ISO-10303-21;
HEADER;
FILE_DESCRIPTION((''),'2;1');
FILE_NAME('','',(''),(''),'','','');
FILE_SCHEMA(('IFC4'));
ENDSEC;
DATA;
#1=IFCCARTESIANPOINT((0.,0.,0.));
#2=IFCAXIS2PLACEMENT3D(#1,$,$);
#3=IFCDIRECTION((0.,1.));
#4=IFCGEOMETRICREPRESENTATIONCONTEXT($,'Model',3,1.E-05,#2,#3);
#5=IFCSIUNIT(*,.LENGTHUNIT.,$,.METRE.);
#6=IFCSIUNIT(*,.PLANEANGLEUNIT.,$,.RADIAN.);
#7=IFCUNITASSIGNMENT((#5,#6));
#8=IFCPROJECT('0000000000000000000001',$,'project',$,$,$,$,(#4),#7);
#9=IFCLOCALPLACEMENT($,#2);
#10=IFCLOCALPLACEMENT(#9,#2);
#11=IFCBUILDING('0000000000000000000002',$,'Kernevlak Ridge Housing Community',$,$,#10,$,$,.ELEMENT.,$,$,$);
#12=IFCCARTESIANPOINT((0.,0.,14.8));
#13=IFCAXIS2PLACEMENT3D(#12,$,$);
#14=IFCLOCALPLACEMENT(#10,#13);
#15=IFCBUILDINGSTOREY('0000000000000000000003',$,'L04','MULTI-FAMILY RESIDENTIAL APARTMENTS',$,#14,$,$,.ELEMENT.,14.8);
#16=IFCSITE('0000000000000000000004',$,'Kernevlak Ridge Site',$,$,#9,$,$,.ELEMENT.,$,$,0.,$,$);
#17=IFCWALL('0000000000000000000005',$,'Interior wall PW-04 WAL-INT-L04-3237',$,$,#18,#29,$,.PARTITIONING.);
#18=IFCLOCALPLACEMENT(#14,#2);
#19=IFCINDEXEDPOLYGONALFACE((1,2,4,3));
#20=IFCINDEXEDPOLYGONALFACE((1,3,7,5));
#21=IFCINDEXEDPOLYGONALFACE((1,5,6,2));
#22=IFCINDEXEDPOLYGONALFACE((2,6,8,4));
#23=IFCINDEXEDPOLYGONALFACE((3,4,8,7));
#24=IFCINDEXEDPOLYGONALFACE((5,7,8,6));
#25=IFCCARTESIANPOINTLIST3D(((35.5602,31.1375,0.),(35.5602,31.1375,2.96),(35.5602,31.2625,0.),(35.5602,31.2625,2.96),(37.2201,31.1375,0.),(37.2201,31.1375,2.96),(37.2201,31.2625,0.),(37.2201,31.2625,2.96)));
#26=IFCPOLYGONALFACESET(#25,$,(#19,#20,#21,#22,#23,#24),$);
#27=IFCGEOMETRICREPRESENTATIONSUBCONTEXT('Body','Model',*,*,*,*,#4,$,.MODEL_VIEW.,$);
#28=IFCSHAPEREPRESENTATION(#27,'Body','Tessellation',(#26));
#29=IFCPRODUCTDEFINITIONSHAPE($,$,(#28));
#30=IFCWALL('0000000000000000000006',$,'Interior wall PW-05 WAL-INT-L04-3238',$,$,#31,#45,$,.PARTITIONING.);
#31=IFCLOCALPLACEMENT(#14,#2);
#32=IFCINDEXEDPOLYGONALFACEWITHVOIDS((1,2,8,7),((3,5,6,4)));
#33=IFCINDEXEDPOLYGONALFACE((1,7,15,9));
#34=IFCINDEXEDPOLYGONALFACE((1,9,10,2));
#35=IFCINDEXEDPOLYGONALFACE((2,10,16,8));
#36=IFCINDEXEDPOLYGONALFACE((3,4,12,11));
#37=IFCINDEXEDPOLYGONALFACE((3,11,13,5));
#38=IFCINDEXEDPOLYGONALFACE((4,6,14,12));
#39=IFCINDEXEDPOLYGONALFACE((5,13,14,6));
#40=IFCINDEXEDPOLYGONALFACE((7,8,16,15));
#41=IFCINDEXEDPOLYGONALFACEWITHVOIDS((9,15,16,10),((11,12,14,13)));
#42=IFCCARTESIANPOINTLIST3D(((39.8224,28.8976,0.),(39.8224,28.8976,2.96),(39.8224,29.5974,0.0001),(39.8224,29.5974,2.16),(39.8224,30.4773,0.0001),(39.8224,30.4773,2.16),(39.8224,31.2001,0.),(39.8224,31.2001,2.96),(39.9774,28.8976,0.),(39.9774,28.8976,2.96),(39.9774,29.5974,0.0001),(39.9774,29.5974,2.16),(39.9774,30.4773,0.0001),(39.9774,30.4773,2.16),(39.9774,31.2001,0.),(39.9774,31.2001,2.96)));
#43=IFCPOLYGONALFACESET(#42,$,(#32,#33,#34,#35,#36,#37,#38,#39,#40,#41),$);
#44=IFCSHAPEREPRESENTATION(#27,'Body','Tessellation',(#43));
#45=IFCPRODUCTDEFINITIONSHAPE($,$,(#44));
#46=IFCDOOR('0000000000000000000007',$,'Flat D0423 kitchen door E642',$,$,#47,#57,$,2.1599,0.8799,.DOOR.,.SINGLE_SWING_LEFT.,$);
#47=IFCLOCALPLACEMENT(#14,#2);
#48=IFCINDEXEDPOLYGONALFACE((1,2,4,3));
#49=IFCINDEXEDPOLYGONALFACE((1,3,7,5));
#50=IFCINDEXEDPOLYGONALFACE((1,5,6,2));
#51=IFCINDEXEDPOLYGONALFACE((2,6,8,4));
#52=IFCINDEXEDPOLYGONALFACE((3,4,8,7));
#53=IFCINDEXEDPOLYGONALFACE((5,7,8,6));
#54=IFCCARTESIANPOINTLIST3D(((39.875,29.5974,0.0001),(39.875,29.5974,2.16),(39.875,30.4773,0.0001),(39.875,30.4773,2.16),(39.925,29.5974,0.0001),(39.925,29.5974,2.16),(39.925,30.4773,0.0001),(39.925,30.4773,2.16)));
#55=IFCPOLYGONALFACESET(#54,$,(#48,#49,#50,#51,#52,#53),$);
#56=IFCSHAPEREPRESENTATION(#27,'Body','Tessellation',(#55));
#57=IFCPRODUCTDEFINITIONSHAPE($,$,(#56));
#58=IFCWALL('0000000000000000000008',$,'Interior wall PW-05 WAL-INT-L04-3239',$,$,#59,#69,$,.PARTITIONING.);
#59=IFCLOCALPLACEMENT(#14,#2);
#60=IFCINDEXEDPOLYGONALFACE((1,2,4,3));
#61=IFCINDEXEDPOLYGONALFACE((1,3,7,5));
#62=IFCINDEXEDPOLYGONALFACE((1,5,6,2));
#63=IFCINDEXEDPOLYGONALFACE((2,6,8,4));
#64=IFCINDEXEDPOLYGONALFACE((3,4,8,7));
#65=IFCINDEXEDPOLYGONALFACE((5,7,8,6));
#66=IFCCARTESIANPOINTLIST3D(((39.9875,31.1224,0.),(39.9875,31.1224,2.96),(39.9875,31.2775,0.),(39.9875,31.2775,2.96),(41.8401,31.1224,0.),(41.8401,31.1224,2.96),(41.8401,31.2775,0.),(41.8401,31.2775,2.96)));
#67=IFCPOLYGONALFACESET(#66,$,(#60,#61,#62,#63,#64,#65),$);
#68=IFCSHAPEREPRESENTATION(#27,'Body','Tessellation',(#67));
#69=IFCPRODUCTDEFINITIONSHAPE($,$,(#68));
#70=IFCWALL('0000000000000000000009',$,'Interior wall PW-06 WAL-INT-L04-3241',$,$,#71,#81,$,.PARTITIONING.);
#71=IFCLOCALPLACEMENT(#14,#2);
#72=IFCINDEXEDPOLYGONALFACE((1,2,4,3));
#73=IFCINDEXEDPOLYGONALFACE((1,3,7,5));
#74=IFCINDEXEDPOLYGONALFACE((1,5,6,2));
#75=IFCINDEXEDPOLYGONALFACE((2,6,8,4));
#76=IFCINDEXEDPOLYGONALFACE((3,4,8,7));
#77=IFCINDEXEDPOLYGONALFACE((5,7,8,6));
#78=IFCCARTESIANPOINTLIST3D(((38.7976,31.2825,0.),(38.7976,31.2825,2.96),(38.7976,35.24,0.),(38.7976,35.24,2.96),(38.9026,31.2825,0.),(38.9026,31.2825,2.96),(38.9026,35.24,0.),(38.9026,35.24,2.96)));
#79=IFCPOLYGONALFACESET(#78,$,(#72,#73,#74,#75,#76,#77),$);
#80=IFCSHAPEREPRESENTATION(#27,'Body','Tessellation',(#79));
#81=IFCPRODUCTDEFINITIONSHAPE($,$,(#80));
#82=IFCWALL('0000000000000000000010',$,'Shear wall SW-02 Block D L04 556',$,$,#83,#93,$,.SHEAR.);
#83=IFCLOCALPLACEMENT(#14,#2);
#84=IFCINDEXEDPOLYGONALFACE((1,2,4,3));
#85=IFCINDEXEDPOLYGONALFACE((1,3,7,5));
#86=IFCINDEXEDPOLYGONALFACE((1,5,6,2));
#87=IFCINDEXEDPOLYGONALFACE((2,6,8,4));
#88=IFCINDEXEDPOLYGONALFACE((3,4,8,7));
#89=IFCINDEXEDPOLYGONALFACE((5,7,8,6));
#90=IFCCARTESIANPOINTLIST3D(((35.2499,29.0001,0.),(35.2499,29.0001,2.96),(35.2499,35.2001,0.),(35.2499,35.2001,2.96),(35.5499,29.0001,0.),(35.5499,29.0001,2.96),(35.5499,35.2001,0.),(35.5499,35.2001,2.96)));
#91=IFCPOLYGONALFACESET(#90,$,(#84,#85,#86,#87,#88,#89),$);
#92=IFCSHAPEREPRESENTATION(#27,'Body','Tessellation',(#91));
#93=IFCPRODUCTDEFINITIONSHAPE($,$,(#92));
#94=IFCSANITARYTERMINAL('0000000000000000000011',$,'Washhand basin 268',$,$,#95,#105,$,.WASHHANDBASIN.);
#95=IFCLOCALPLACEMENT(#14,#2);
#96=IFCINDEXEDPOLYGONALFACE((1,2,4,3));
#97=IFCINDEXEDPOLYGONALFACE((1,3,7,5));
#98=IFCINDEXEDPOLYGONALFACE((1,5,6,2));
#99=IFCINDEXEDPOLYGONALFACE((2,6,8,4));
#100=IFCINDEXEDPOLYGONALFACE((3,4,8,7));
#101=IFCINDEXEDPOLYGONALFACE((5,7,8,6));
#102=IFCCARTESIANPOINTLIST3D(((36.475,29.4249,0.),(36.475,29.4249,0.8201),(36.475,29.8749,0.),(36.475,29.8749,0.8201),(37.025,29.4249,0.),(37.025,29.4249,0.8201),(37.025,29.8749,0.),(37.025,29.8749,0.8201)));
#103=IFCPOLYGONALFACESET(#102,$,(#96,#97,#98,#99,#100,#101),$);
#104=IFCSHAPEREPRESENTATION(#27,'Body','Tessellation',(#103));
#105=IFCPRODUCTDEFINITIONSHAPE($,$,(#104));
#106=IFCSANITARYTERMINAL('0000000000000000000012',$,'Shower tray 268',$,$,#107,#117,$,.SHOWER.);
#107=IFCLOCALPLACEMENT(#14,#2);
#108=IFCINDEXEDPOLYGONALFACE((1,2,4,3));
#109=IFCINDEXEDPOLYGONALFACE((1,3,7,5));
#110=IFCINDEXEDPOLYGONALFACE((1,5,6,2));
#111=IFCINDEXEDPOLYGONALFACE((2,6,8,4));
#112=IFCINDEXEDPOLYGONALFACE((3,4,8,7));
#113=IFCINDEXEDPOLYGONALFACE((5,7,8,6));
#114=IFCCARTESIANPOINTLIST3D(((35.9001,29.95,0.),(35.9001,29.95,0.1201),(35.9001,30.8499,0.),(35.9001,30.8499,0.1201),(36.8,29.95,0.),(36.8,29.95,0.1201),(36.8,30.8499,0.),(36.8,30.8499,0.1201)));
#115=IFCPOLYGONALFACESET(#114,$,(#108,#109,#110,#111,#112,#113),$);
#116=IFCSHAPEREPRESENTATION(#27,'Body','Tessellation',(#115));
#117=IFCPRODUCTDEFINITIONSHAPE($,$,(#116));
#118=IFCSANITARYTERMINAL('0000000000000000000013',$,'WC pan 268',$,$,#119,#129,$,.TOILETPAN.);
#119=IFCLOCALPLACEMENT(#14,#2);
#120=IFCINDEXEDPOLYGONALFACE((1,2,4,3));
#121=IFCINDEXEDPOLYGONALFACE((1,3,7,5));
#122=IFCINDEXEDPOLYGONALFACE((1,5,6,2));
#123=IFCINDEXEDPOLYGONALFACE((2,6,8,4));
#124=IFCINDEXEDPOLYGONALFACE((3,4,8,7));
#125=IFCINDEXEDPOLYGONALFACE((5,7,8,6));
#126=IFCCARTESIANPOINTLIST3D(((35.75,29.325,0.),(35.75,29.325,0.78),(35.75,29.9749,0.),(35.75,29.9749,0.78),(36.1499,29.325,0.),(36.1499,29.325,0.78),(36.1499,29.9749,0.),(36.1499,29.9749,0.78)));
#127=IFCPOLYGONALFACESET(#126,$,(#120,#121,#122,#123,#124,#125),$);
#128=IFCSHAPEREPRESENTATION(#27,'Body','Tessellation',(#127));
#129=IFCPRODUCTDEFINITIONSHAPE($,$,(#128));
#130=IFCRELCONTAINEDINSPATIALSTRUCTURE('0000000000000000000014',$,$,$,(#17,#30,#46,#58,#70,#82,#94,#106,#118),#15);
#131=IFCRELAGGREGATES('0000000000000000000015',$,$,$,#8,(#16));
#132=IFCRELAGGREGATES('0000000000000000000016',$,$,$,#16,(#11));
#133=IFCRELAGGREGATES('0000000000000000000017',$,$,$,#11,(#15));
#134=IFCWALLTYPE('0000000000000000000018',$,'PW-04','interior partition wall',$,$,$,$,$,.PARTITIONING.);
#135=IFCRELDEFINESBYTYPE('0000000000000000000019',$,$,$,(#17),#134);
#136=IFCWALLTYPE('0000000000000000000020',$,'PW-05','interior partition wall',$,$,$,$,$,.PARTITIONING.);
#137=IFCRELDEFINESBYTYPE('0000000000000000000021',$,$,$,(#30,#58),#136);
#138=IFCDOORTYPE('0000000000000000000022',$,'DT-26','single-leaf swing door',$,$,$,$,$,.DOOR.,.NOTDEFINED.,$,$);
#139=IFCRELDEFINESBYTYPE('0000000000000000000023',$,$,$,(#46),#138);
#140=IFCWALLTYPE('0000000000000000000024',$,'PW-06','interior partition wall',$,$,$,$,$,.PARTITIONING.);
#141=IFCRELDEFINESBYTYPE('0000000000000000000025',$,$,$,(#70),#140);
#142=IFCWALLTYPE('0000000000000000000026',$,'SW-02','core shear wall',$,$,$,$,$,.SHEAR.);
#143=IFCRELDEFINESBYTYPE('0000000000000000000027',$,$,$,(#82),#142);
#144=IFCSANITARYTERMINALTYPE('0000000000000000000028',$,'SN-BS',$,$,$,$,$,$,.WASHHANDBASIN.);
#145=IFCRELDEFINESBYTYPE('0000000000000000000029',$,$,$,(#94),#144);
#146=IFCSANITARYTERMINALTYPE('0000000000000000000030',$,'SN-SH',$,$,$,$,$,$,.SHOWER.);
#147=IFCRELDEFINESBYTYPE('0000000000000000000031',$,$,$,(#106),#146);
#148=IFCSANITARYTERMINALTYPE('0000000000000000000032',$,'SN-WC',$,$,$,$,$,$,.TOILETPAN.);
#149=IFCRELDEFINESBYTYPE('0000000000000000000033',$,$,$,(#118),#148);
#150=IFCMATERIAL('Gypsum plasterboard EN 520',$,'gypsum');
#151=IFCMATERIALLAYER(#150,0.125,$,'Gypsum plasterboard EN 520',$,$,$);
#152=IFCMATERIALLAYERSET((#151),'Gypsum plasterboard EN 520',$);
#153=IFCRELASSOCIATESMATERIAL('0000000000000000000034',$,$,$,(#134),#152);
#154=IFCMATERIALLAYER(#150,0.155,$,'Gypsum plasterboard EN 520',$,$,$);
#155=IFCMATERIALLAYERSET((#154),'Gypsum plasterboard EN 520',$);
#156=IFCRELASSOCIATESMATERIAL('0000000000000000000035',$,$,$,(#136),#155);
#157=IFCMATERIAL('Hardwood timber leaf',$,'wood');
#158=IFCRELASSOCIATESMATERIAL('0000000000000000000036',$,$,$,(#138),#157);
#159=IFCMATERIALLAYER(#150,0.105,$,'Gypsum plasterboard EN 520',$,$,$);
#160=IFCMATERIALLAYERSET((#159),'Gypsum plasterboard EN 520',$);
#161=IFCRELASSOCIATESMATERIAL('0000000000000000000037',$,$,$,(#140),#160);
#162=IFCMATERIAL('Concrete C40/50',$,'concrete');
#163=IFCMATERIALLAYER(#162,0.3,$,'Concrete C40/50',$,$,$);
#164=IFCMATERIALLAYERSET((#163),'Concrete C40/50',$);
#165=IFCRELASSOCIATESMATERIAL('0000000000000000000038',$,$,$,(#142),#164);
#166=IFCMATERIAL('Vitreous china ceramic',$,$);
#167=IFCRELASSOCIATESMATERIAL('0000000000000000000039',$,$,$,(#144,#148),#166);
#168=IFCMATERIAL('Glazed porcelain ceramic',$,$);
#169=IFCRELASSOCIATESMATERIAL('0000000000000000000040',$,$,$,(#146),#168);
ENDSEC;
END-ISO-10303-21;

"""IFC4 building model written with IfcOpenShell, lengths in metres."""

from ifc_helpers import new_model, si_unit, direction, frame, frame_2d, origin, origin_2d, place, context, subcontext, project, spatial, rectangle, extrude, material, layer, layer_set, type_object, element, fill, save


model = new_model("IFC4")

# Units and contexts
model_context = context("Model", 3, precision=1e-05, world=origin(), true_north=direction((0.0, 1.0)))
body_context = subcontext(model_context, "Body", "Model", "MODEL_VIEW")
ifc_project = project(units=[si_unit("LENGTHUNIT", "METRE"), si_unit("PLANEANGLEUNIT", "RADIAN")], contexts=[model_context])

# Site, building, storey
site_placement = place(None, origin())
site = spatial("IfcSite", under=ifc_project, at=site_placement, Name="Kernevlak Ridge Site", CompositionType="ELEMENT", RefElevation=0.0)
building_placement = place(site_placement, origin())
building = spatial("IfcBuilding", under=site, at=building_placement, Name="Kernevlak Ridge Housing Community", CompositionType="ELEMENT")
storey_placement = place(building_placement, frame((0.0, 0.0, 14.8)))
storey = spatial("IfcBuildingStorey", under=building, at=storey_placement, Name="L04", Description="MULTI-FAMILY RESIDENTIAL APARTMENTS", CompositionType="ELEMENT", Elevation=14.8)

# Shared definitions
ifc_material_1 = material(Name="Hardwood timber leaf", Category="wood")
ifc_material_2 = material(Name="Gypsum plasterboard EN 520", Category="gypsum")
ifc_layer_1 = layer(ifc_material_2, 0.125, Name="Gypsum plasterboard EN 520")
ifc_layer_set_1 = layer_set([ifc_layer_1], Name="Gypsum plasterboard EN 520")
wall_type_1 = type_object("IfcWallType", Name="PW-04", Description="interior partition wall", PredefinedType="PARTITIONING", material=ifc_layer_set_1)

# Wall
wall_1_placement = place(storey_placement, frame((35.5601, 31.2, 0.0), z_axis=(0.0, 0.0, 1.0), x_axis=(1.0, 0.0, 0.0)))
element("IfcWall", 1, at=wall_1_placement, inside=storey, type_object=wall_type_1, Name="Interior wall PW-04 WAL-INT-L04-3237", PredefinedType="PARTITIONING", context=body_context, shape_type="SweptSolid", body=[
    extrude(rectangle(XDim=1.6599, YDim=0.125, at=frame_2d((0.8301, 0.0))), origin(), (0.0, 0.0, 1.0), 2.96),
])

# Wall, opening, door
ifc_layer_2 = layer(ifc_material_2, 0.155, Name="Gypsum plasterboard EN 520")
ifc_layer_set_2 = layer_set([ifc_layer_2], Name="Gypsum plasterboard EN 520")
wall_type_2 = type_object("IfcWallType", Name="PW-05", Description="interior partition wall", PredefinedType="PARTITIONING", material=ifc_layer_set_2)
wall_2_placement = place(storey_placement, frame((39.8999, 28.8975, 0.0), z_axis=(0.0, 0.0, 1.0), x_axis=(0.0, 1.0, 0.0)))
wall_2 = element("IfcWall", 2, at=wall_2_placement, inside=storey, type_object=wall_type_2, Name="Interior wall PW-05 WAL-INT-L04-3238", PredefinedType="PARTITIONING", context=body_context, shape_type="SweptSolid", body=[
    extrude(rectangle(XDim=2.3025, YDim=0.155, at=frame_2d((1.1514, 0.0))), origin(), (0.0, 0.0, 1.0), 2.96),
])
opening_1_placement = place(wall_2_placement, frame((0.7, 0.0, 0.0)))
opening_1 = element("IfcOpeningElement", 3, at=opening_1_placement, cuts=wall_2, PredefinedType="OPENING", context=body_context, shape_type="SweptSolid", body=[
    extrude(rectangle(XDim=0.8799, YDim=2.1599, at=frame_2d((0.4399, 1.0801))), frame((0.0, 0.0874, 0.0), z_axis=(0.0, -1.0, 0.0), x_axis=(1.0, 0.0, 0.0)), (0.0, 0.0, 1.0), 0.175),
])
door_type_1 = type_object("IfcDoorType", Name="DT-26", Description="single-leaf swing door", OperationType="NOTDEFINED", PredefinedType="DOOR", material=ifc_material_1)
door_1_placement = place(opening_1_placement, origin())
door_1 = element("IfcDoor", 4, at=door_1_placement, inside=storey, type_object=door_type_1, Name="Flat D0423 kitchen door E642", OperationType="SINGLE_SWING_LEFT", OverallHeight=2.1599, OverallWidth=0.8799, PredefinedType="DOOR", context=body_context, shape_type="SweptSolid", body=[
    extrude(rectangle(XDim=0.8799, YDim=2.1599, at=frame_2d((0.4399, 1.0801))), frame((0.0, 0.0249, 0.0), z_axis=(0.0, -1.0, 0.0), x_axis=(1.0, 0.0, 0.0)), (0.0, 0.0, 1.0), 0.05),
])
fill(opening_1, door_1)

# Walls
wall_3_placement = place(storey_placement, frame((39.9875, 31.2, 0.0), z_axis=(0.0, 0.0, 1.0), x_axis=(1.0, 0.0, 0.0)))
element("IfcWall", 5, at=wall_3_placement, inside=storey, type_object=wall_type_2, Name="Interior wall PW-05 WAL-INT-L04-3239", PredefinedType="PARTITIONING", context=body_context, shape_type="SweptSolid", body=[
    extrude(rectangle(XDim=1.8525, YDim=0.155, at=frame_2d((0.9263, 0.0))), origin(), (0.0, 0.0, 1.0), 2.96),
])
ifc_layer_3 = layer(ifc_material_2, 0.105, Name="Gypsum plasterboard EN 520")
ifc_layer_set_3 = layer_set([ifc_layer_3], Name="Gypsum plasterboard EN 520")
wall_type_3 = type_object("IfcWallType", Name="PW-06", Description="interior partition wall", PredefinedType="PARTITIONING", material=ifc_layer_set_3)
wall_4_placement = place(storey_placement, frame((38.8501, 31.2825, 0.0), z_axis=(0.0, 0.0, 1.0), x_axis=(0.0, 1.0, 0.0)))
element("IfcWall", 6, at=wall_4_placement, inside=storey, type_object=wall_type_3, Name="Interior wall PW-06 WAL-INT-L04-3241", PredefinedType="PARTITIONING", context=body_context, shape_type="SweptSolid", body=[
    extrude(rectangle(XDim=3.9575, YDim=0.105, at=frame_2d((1.9788, 0.0))), origin(), (0.0, 0.0, 1.0), 2.96),
])
ifc_material_3 = material(Name="Concrete C40/50", Category="concrete")
ifc_layer_4 = layer(ifc_material_3, 0.3, Name="Concrete C40/50")
ifc_layer_set_4 = layer_set([ifc_layer_4], Name="Concrete C40/50")
wall_type_4 = type_object("IfcWallType", Name="SW-02", Description="core shear wall", PredefinedType="SHEAR", material=ifc_layer_set_4)
wall_5_placement = place(storey_placement, frame((35.3999, 29.0, 0.0), z_axis=(0.0, 0.0, 1.0), x_axis=(0.0, 1.0, 0.0)))
element("IfcWall", 7, at=wall_5_placement, inside=storey, type_object=wall_type_4, Name="Shear wall SW-02 Block D L04 556", PredefinedType="SHEAR", context=body_context, shape_type="SweptSolid", body=[
    extrude(rectangle(XDim=6.2, YDim=0.3, at=frame_2d((3.1001, 0.0))), origin(), (0.0, 0.0, 1.0), 2.96),
])

# Sanitary terminals
ifc_material_4 = material(Name="Vitreous china ceramic")
sanitary_terminal_type_1 = type_object("IfcSanitaryTerminalType", Name="SN-BS", PredefinedType="WASHHANDBASIN", material=ifc_material_4)
sanitary_terminal_1_placement = place(storey_placement, frame((36.75, 29.6499, 0.0), z_axis=(0.0, 0.0, 1.0), x_axis=(1.0, 0.0, 0.0)))
element("IfcSanitaryTerminal", 8, at=sanitary_terminal_1_placement, inside=storey, type_object=sanitary_terminal_type_1, Name="Washhand basin 268", PredefinedType="WASHHANDBASIN", context=body_context, shape_type="SweptSolid", body=[
    extrude(rectangle(XDim=0.55, YDim=0.45, at=origin_2d()), origin(), (0.0, 0.0, 1.0), 0.8201),
])
ifc_material_5 = material(Name="Glazed porcelain ceramic")
sanitary_terminal_type_2 = type_object("IfcSanitaryTerminalType", Name="SN-SH", PredefinedType="SHOWER", material=ifc_material_5)
sanitary_terminal_2_placement = place(storey_placement, frame((36.3501, 30.3999, 0.0), z_axis=(0.0, 0.0, 1.0), x_axis=(1.0, 0.0, 0.0)))
element("IfcSanitaryTerminal", 9, at=sanitary_terminal_2_placement, inside=storey, type_object=sanitary_terminal_type_2, Name="Shower tray 268", PredefinedType="SHOWER", context=body_context, shape_type="SweptSolid", body=[
    extrude(rectangle(XDim=0.8999, YDim=0.8999, at=origin_2d()), origin(), (0.0, 0.0, 1.0), 0.1201),
])
sanitary_terminal_type_3 = type_object("IfcSanitaryTerminalType", Name="SN-WC", PredefinedType="TOILETPAN", material=ifc_material_4)
sanitary_terminal_3_placement = place(storey_placement, frame((35.95, 29.6499, 0.0), z_axis=(0.0, 0.0, 1.0), x_axis=(1.0, 0.0, 0.0)))
element("IfcSanitaryTerminal", 10, at=sanitary_terminal_3_placement, inside=storey, type_object=sanitary_terminal_type_3, Name="WC pan 268", PredefinedType="TOILETPAN", context=body_context, shape_type="SweptSolid", body=[
    extrude(rectangle(XDim=0.3999, YDim=0.6499, at=origin_2d()), origin(), (0.0, 0.0, 1.0), 0.78),
])

save(model, "model.ifc")
